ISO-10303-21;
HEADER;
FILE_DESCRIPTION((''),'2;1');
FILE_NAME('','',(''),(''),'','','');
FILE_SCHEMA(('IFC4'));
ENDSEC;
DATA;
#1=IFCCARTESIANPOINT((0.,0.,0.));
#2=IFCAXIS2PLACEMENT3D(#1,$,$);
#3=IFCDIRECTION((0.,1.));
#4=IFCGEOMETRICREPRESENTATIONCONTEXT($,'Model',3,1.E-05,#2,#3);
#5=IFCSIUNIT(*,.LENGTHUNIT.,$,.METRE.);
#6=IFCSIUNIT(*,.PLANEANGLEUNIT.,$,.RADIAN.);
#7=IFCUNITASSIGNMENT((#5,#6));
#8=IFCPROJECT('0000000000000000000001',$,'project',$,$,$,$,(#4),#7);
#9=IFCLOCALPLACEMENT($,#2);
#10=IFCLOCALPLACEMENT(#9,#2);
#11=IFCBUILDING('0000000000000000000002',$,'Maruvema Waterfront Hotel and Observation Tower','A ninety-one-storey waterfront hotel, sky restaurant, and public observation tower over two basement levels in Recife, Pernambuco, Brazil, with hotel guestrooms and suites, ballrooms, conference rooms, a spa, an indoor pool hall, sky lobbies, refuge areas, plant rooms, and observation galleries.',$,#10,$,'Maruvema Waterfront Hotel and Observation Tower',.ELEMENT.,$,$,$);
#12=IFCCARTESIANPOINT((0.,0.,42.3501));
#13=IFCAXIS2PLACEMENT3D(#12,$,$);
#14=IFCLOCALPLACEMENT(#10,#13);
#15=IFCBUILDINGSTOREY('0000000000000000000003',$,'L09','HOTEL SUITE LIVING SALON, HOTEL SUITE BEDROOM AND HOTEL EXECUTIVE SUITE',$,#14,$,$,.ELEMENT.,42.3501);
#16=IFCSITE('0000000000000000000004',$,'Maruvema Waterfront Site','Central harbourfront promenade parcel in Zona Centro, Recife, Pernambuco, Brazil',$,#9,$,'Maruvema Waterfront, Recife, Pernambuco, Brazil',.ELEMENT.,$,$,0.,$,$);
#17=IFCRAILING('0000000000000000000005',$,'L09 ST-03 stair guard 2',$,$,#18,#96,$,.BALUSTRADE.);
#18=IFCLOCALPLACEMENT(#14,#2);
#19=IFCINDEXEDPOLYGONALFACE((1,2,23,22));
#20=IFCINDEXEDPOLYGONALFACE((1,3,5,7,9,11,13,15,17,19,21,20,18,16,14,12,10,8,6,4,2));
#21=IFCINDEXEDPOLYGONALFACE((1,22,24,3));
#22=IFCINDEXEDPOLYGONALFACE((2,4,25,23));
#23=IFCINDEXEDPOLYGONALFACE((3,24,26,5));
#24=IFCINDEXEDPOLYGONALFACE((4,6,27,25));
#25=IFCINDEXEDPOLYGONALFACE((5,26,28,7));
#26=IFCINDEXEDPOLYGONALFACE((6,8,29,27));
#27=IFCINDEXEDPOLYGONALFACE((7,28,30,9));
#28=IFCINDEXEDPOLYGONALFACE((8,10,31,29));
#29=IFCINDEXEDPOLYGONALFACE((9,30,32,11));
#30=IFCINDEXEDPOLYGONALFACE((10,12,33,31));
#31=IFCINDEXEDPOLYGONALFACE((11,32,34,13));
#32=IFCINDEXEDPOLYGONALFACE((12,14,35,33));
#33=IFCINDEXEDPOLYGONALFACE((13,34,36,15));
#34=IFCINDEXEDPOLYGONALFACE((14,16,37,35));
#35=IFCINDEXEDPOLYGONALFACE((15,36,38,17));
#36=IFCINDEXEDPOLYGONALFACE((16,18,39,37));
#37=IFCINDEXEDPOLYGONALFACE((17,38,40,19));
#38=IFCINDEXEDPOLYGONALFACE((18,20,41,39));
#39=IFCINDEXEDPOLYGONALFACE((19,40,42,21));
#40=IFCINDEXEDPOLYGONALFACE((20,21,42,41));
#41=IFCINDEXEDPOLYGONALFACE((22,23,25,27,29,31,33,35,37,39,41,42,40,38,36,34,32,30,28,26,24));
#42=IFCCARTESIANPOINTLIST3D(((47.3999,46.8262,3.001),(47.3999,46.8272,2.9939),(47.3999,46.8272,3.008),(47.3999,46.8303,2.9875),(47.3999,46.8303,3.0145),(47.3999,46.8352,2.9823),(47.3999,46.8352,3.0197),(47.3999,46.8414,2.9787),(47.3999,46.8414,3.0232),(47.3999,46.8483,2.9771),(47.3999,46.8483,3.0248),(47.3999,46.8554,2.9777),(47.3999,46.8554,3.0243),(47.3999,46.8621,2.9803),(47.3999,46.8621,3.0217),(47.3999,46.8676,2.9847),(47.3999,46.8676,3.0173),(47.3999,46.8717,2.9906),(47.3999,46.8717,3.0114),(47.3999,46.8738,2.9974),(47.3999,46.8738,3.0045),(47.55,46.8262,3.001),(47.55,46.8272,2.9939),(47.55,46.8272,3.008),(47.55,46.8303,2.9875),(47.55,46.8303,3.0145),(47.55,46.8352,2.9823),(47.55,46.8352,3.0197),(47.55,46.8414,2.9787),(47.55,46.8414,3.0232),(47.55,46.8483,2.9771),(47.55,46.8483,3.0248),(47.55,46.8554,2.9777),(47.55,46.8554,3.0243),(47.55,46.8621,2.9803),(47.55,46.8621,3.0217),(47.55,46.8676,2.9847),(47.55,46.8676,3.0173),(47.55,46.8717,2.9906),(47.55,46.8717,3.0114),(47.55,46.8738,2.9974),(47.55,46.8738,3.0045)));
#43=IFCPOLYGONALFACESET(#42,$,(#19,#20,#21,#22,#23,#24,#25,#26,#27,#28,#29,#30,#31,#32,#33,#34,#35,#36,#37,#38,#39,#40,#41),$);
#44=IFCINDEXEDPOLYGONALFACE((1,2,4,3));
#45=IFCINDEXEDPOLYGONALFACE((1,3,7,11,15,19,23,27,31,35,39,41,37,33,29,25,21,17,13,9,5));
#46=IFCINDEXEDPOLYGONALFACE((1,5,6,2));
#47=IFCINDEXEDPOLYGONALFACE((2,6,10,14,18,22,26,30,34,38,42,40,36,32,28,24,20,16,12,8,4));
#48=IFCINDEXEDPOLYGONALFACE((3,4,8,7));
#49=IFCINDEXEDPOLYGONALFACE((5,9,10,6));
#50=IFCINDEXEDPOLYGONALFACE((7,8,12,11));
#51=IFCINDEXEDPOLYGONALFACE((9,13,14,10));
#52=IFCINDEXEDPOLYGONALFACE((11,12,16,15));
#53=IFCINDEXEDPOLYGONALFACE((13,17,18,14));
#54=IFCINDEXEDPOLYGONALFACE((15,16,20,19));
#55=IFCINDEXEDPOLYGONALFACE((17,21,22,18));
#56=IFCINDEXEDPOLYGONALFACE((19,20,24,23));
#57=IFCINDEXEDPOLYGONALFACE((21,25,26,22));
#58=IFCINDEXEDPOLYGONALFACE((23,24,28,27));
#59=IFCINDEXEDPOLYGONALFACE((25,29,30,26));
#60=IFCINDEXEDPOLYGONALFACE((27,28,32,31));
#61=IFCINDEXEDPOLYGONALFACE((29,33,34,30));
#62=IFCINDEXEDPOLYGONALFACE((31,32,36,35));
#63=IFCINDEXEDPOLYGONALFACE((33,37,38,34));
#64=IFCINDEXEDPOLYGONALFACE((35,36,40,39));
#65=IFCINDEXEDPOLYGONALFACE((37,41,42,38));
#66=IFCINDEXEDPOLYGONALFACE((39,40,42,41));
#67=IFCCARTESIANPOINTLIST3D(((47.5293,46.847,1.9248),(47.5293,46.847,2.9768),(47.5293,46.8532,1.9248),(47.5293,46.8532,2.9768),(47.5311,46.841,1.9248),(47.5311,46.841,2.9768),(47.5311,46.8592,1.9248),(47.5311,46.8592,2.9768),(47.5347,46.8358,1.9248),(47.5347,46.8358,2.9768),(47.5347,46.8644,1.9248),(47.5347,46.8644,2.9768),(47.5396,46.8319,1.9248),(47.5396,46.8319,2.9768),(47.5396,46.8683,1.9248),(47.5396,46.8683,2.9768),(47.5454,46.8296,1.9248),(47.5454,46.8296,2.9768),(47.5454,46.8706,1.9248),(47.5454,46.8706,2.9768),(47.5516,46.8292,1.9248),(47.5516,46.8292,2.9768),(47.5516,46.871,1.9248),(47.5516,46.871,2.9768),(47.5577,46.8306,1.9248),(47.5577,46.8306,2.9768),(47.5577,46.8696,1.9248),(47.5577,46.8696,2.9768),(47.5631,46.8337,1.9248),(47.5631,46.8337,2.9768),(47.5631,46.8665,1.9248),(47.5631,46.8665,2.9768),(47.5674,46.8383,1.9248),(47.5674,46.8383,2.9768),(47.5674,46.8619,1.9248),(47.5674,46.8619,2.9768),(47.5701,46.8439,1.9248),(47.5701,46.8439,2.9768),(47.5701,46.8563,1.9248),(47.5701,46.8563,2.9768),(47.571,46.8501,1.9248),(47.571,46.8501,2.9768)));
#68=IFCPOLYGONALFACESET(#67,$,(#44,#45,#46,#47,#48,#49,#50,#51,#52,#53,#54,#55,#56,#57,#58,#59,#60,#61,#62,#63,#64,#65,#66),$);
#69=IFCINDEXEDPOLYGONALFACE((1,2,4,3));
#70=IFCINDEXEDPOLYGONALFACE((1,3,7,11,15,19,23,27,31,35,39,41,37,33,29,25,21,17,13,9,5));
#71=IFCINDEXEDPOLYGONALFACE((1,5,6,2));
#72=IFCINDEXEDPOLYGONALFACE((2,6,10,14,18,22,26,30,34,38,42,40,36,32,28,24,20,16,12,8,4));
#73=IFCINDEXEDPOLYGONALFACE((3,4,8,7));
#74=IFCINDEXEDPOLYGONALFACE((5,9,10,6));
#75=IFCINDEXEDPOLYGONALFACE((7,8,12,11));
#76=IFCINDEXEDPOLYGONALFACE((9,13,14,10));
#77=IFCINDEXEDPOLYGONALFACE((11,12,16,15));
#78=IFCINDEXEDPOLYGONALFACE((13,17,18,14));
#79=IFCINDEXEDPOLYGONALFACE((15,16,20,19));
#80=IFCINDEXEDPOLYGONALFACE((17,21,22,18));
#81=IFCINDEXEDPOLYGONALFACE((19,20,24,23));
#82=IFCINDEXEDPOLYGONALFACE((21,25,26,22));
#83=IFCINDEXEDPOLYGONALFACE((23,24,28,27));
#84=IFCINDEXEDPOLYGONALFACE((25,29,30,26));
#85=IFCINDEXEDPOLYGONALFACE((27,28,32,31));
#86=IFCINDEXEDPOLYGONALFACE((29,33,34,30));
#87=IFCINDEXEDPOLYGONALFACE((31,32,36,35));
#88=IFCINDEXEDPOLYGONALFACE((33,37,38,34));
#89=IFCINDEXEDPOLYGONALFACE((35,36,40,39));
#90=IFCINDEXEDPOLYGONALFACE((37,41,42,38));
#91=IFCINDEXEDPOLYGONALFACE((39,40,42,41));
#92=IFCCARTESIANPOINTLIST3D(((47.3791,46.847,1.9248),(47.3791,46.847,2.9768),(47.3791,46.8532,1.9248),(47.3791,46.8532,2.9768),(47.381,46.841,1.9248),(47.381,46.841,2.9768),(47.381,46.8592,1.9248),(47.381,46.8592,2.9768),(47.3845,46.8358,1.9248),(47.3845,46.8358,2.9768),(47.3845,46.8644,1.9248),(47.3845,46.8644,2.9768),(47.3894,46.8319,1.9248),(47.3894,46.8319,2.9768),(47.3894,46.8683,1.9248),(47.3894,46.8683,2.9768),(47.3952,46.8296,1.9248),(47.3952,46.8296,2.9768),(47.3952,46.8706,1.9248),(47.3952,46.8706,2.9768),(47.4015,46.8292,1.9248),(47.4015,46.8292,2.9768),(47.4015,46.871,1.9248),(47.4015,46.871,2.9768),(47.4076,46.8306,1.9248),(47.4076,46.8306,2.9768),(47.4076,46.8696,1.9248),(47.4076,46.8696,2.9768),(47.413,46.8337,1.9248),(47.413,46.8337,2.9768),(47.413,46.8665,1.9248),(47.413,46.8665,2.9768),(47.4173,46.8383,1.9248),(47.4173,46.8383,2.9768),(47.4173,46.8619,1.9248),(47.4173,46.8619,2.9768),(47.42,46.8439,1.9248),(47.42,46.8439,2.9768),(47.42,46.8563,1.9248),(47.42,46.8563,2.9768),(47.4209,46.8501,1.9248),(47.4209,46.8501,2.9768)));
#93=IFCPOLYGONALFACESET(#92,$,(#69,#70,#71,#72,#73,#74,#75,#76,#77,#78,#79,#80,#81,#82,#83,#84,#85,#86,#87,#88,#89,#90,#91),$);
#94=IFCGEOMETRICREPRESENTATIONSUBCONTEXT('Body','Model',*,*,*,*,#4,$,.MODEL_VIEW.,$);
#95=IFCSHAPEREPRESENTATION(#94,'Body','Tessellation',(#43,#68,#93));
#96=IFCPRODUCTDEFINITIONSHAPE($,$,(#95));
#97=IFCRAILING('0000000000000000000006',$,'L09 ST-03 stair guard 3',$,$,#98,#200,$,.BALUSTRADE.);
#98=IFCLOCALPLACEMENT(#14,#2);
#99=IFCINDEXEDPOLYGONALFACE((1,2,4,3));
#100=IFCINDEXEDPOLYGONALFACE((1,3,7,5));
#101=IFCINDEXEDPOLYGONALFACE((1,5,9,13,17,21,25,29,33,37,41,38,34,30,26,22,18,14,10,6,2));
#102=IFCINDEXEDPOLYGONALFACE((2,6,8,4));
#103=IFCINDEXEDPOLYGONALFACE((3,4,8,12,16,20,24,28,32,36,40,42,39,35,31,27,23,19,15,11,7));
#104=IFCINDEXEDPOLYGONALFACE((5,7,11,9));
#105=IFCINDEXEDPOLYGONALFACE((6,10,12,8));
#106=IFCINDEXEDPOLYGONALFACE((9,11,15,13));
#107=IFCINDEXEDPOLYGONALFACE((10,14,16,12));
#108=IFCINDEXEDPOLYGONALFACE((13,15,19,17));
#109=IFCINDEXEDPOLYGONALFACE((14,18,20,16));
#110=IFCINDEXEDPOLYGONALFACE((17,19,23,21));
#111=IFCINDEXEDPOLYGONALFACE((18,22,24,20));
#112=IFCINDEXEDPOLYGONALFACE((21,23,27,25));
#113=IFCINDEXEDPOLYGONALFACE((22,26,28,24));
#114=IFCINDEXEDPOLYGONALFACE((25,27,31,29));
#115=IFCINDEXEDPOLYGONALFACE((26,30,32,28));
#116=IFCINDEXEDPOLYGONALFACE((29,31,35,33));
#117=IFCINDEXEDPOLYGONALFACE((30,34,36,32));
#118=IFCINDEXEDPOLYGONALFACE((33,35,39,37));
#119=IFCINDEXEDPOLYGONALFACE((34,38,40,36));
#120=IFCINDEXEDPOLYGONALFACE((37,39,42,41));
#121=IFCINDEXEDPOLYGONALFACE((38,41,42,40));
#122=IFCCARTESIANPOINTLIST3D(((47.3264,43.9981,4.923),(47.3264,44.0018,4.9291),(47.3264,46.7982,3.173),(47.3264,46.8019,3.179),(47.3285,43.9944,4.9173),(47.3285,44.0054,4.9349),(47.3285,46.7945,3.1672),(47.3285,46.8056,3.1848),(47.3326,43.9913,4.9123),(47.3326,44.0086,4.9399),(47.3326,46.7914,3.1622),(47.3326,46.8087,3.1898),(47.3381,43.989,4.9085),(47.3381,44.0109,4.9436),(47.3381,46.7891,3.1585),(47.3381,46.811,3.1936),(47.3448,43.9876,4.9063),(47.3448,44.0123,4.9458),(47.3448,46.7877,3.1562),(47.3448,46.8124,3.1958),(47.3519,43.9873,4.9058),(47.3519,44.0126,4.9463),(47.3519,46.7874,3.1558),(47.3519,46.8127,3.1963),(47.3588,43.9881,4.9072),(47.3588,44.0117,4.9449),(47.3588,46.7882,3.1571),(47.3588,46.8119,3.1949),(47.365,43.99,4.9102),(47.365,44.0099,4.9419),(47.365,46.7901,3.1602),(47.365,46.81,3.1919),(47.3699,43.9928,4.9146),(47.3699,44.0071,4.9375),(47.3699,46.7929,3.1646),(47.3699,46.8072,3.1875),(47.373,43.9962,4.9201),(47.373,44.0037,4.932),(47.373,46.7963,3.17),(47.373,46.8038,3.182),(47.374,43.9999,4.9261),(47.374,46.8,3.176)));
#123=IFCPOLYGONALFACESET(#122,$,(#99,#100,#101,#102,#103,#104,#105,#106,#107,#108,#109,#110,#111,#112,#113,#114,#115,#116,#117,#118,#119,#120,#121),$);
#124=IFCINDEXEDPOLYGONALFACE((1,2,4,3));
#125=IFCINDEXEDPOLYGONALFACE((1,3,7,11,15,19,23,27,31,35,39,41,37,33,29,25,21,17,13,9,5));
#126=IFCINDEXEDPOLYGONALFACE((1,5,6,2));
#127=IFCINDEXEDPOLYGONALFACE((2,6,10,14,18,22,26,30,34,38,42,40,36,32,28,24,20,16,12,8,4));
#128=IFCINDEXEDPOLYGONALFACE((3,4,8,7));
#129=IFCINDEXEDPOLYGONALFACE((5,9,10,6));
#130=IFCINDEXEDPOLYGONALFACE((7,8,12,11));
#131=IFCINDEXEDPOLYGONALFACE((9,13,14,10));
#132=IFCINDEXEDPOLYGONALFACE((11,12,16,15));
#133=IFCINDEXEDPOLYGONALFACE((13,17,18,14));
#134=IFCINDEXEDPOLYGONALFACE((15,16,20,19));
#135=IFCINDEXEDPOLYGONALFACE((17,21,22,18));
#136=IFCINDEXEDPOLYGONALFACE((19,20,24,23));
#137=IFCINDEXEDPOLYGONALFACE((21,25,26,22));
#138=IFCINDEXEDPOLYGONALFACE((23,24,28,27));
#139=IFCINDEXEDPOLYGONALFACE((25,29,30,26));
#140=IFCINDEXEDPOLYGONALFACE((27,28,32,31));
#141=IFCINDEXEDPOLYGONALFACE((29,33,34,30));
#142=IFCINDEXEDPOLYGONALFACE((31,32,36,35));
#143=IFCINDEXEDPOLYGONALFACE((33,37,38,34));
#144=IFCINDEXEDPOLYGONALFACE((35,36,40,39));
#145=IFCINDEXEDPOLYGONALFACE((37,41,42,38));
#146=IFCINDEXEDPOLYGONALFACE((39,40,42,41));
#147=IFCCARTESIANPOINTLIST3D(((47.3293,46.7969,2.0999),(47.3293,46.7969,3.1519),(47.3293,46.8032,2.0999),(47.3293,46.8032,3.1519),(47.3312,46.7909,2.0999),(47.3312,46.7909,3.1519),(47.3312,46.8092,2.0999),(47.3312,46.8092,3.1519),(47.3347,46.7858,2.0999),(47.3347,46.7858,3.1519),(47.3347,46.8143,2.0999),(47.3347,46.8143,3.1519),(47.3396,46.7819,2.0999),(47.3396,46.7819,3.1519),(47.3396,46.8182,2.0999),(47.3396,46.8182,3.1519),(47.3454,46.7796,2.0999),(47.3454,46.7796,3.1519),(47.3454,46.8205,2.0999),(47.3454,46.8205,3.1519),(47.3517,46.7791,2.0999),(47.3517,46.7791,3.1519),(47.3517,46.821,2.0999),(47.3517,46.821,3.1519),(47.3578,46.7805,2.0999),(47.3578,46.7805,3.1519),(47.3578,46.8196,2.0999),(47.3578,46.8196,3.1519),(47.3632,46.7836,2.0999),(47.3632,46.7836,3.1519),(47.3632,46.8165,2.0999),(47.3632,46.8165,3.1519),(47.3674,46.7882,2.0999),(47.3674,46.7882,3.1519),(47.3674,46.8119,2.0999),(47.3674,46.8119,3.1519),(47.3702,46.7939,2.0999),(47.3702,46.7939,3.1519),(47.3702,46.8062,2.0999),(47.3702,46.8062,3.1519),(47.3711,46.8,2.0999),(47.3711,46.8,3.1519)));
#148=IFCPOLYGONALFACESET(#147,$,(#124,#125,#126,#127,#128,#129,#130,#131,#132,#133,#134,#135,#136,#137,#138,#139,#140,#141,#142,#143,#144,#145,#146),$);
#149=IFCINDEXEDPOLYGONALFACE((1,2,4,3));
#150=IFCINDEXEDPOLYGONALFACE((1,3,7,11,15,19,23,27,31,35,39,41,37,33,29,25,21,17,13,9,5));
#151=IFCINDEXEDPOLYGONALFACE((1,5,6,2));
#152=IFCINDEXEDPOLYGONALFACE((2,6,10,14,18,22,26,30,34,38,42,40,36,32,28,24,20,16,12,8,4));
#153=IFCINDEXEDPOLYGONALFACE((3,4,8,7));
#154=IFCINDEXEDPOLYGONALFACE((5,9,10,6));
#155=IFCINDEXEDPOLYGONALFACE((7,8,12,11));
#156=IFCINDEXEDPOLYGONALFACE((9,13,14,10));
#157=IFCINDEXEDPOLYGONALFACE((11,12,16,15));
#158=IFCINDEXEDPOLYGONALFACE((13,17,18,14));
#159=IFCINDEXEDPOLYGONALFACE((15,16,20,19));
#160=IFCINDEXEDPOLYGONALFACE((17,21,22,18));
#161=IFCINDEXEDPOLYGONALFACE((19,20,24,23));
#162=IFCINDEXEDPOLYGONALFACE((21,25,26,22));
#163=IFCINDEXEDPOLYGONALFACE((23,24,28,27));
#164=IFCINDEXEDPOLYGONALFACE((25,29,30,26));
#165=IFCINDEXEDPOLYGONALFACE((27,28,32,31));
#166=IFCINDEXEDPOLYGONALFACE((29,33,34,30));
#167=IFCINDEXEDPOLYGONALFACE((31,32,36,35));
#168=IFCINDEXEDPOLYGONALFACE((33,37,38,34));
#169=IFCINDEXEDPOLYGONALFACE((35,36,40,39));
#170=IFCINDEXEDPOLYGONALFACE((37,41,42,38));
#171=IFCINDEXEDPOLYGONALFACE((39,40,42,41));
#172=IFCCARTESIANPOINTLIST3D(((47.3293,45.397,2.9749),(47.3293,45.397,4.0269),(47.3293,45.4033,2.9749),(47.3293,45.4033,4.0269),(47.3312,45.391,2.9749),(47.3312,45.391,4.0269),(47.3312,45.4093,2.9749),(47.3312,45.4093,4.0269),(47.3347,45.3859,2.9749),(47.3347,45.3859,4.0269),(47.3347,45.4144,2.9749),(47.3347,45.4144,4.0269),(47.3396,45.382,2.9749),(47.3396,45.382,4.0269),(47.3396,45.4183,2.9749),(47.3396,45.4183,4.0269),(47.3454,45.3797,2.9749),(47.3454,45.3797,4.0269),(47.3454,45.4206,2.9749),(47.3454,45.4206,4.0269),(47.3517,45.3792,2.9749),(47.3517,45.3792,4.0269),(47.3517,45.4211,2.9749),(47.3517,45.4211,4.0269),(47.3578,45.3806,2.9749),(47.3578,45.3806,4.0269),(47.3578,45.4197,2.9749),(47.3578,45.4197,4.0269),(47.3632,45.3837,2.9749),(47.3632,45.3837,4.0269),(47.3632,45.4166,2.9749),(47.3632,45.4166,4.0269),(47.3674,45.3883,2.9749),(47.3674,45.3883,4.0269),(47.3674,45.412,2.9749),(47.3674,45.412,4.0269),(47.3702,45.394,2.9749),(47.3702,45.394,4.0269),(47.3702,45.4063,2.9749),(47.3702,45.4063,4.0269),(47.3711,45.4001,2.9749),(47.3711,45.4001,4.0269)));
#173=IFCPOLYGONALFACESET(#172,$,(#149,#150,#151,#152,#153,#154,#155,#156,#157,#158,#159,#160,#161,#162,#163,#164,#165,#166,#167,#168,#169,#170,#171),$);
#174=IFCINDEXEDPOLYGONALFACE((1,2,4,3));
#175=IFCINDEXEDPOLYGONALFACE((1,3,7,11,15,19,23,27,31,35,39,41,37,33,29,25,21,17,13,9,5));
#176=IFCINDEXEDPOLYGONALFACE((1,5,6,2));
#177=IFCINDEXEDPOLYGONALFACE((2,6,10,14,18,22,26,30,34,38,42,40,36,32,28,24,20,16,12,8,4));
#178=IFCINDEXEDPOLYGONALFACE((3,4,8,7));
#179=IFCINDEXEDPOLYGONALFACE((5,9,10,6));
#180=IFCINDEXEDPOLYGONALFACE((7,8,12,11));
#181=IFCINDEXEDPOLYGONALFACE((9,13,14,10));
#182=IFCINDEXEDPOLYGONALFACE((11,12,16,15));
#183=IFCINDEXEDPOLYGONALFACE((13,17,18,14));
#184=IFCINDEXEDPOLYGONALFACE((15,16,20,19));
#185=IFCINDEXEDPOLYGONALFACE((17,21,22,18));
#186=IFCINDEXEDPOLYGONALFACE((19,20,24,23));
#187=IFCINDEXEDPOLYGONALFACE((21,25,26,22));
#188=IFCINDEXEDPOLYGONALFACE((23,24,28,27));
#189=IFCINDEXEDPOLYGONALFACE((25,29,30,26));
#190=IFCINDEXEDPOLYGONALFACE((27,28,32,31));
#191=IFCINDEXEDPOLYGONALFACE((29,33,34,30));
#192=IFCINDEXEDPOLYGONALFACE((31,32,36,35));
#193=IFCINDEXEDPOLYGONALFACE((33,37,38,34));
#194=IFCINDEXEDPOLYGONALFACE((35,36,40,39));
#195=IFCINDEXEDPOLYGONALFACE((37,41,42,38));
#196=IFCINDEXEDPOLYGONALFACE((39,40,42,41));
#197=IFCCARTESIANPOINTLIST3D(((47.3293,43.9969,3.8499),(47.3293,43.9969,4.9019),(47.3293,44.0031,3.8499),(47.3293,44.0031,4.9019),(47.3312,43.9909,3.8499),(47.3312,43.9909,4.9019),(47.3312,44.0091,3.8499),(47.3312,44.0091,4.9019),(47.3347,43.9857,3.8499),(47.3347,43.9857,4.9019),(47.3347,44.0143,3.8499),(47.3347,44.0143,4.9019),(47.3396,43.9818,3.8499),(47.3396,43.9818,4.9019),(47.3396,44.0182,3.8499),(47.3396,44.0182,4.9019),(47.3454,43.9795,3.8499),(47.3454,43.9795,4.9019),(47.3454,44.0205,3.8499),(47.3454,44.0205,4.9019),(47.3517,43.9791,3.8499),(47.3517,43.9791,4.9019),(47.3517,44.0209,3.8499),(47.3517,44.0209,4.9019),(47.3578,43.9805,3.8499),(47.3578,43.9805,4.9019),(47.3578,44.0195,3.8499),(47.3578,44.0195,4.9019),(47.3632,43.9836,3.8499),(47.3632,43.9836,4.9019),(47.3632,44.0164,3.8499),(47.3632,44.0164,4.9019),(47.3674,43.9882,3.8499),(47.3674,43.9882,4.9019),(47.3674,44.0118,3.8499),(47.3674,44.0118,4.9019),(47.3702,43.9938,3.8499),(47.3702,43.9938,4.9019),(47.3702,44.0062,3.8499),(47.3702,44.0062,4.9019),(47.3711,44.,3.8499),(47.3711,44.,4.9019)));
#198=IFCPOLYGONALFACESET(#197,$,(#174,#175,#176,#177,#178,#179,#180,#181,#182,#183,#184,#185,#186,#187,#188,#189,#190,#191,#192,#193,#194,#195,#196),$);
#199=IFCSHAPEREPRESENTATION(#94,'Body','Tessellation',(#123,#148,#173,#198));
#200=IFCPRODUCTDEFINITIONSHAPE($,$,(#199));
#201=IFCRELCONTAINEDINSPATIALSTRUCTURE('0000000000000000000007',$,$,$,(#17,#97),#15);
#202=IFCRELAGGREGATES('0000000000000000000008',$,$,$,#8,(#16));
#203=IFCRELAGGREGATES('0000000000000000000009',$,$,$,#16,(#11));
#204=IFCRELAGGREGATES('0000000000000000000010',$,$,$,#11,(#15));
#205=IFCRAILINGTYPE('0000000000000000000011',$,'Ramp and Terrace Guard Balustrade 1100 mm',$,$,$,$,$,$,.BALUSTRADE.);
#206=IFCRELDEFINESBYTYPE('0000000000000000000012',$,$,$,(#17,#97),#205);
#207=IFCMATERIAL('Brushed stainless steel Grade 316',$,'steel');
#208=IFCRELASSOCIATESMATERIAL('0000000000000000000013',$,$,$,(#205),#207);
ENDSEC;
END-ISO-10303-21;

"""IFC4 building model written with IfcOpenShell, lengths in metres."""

from ifc_helpers import new_model, si_unit, direction, frame, origin, origin_2d, place, context, subcontext, project, spatial, circle, extrude, material, type_object, element, save


model = new_model("IFC4")

# Units and contexts
model_context = context("Model", 3, precision=1e-05, world=origin(), true_north=direction((0.0, 1.0)))
body_context = subcontext(model_context, "Body", "Model", "MODEL_VIEW")
ifc_project = project(units=[si_unit("LENGTHUNIT", "METRE"), si_unit("PLANEANGLEUNIT", "RADIAN")], contexts=[model_context])

# Site, building, storey
site_placement = place(None, origin())
site = spatial("IfcSite", under=ifc_project, at=site_placement, Name="Maruvema Waterfront Site", Description="Central harbourfront promenade parcel in Zona Centro, Recife, Pernambuco, Brazil", LongName="Maruvema Waterfront, Recife, Pernambuco, Brazil", CompositionType="ELEMENT", RefElevation=0.0)
building_placement = place(site_placement, origin())
building = spatial("IfcBuilding", under=site, at=building_placement, Name="Maruvema Waterfront Hotel and Observation Tower", Description="A ninety-one-storey waterfront hotel, sky restaurant, and public observation tower over two basement levels in Recife, Pernambuco, Brazil, with hotel guestrooms and suites, ballrooms, conference rooms, a spa, an indoor pool hall, sky lobbies, refuge areas, plant rooms, and observation galleries.", LongName="Maruvema Waterfront Hotel and Observation Tower", CompositionType="ELEMENT")
storey_placement = place(building_placement, frame((0.0, 0.0, 42.3501)))
storey = spatial("IfcBuildingStorey", under=building, at=storey_placement, Name="L09", Description="HOTEL SUITE LIVING SALON, HOTEL SUITE BEDROOM AND HOTEL EXECUTIVE SUITE", CompositionType="ELEMENT", Elevation=42.3501)

# Railings
ifc_material_1 = material(Name="Brushed stainless steel Grade 316", Category="steel")
railing_type_1 = type_object("IfcRailingType", Name="Ramp and Terrace Guard Balustrade 1100 mm", PredefinedType="BALUSTRADE", material=ifc_material_1)
railing_1_placement = place(storey_placement, frame((47.55, 46.8501, 1.9248)))
element("IfcRailing", 1, at=railing_1_placement, inside=storey, type_object=railing_type_1, Name="L09 ST-03 stair guard 2", PredefinedType="BALUSTRADE", context=body_context, shape_type="SweptSolid", body=[
    extrude(circle(Radius=0.0239, at=origin_2d()), frame((0.0, 0.0, 1.0762), z_axis=(-1.0, 0.0, 0.0), x_axis=(0.0, -1.0, 0.0)), (0.0, 0.0, 1.0), 0.1501),
    extrude(circle(Radius=0.021, at=origin_2d()), origin(), (0.0, 0.0, 1.0), 1.052),
    extrude(circle(Radius=0.021, at=origin_2d()), frame((-0.1501, 0.0, 0.0)), (0.0, 0.0, 1.0), 1.052),
])
railing_2_placement = place(storey_placement, frame((47.3501, 46.8, 2.0999)))
element("IfcRailing", 2, at=railing_2_placement, inside=storey, type_object=railing_type_1, Name="L09 ST-03 stair guard 3", PredefinedType="BALUSTRADE", context=body_context, shape_type="SweptSolid", body=[
    extrude(circle(Radius=0.0239, at=origin_2d()), frame((0.0, 0.0, 1.0762), z_axis=(0.0, -0.848002, 0.529992), x_axis=(1.0, 0.0, 0.0)), (0.0, 0.0, 1.0), 3.302),
    extrude(circle(Radius=0.021, at=origin_2d()), origin(), (0.0, 0.0, 1.0), 1.052),
    extrude(circle(Radius=0.021, at=origin_2d()), frame((0.0, -1.3999, 0.875)), (0.0, 0.0, 1.0), 1.052),
    extrude(circle(Radius=0.021, at=origin_2d()), frame((0.0, -2.8, 1.75)), (0.0, 0.0, 1.0), 1.052),
])

save(model, "model.ifc")
